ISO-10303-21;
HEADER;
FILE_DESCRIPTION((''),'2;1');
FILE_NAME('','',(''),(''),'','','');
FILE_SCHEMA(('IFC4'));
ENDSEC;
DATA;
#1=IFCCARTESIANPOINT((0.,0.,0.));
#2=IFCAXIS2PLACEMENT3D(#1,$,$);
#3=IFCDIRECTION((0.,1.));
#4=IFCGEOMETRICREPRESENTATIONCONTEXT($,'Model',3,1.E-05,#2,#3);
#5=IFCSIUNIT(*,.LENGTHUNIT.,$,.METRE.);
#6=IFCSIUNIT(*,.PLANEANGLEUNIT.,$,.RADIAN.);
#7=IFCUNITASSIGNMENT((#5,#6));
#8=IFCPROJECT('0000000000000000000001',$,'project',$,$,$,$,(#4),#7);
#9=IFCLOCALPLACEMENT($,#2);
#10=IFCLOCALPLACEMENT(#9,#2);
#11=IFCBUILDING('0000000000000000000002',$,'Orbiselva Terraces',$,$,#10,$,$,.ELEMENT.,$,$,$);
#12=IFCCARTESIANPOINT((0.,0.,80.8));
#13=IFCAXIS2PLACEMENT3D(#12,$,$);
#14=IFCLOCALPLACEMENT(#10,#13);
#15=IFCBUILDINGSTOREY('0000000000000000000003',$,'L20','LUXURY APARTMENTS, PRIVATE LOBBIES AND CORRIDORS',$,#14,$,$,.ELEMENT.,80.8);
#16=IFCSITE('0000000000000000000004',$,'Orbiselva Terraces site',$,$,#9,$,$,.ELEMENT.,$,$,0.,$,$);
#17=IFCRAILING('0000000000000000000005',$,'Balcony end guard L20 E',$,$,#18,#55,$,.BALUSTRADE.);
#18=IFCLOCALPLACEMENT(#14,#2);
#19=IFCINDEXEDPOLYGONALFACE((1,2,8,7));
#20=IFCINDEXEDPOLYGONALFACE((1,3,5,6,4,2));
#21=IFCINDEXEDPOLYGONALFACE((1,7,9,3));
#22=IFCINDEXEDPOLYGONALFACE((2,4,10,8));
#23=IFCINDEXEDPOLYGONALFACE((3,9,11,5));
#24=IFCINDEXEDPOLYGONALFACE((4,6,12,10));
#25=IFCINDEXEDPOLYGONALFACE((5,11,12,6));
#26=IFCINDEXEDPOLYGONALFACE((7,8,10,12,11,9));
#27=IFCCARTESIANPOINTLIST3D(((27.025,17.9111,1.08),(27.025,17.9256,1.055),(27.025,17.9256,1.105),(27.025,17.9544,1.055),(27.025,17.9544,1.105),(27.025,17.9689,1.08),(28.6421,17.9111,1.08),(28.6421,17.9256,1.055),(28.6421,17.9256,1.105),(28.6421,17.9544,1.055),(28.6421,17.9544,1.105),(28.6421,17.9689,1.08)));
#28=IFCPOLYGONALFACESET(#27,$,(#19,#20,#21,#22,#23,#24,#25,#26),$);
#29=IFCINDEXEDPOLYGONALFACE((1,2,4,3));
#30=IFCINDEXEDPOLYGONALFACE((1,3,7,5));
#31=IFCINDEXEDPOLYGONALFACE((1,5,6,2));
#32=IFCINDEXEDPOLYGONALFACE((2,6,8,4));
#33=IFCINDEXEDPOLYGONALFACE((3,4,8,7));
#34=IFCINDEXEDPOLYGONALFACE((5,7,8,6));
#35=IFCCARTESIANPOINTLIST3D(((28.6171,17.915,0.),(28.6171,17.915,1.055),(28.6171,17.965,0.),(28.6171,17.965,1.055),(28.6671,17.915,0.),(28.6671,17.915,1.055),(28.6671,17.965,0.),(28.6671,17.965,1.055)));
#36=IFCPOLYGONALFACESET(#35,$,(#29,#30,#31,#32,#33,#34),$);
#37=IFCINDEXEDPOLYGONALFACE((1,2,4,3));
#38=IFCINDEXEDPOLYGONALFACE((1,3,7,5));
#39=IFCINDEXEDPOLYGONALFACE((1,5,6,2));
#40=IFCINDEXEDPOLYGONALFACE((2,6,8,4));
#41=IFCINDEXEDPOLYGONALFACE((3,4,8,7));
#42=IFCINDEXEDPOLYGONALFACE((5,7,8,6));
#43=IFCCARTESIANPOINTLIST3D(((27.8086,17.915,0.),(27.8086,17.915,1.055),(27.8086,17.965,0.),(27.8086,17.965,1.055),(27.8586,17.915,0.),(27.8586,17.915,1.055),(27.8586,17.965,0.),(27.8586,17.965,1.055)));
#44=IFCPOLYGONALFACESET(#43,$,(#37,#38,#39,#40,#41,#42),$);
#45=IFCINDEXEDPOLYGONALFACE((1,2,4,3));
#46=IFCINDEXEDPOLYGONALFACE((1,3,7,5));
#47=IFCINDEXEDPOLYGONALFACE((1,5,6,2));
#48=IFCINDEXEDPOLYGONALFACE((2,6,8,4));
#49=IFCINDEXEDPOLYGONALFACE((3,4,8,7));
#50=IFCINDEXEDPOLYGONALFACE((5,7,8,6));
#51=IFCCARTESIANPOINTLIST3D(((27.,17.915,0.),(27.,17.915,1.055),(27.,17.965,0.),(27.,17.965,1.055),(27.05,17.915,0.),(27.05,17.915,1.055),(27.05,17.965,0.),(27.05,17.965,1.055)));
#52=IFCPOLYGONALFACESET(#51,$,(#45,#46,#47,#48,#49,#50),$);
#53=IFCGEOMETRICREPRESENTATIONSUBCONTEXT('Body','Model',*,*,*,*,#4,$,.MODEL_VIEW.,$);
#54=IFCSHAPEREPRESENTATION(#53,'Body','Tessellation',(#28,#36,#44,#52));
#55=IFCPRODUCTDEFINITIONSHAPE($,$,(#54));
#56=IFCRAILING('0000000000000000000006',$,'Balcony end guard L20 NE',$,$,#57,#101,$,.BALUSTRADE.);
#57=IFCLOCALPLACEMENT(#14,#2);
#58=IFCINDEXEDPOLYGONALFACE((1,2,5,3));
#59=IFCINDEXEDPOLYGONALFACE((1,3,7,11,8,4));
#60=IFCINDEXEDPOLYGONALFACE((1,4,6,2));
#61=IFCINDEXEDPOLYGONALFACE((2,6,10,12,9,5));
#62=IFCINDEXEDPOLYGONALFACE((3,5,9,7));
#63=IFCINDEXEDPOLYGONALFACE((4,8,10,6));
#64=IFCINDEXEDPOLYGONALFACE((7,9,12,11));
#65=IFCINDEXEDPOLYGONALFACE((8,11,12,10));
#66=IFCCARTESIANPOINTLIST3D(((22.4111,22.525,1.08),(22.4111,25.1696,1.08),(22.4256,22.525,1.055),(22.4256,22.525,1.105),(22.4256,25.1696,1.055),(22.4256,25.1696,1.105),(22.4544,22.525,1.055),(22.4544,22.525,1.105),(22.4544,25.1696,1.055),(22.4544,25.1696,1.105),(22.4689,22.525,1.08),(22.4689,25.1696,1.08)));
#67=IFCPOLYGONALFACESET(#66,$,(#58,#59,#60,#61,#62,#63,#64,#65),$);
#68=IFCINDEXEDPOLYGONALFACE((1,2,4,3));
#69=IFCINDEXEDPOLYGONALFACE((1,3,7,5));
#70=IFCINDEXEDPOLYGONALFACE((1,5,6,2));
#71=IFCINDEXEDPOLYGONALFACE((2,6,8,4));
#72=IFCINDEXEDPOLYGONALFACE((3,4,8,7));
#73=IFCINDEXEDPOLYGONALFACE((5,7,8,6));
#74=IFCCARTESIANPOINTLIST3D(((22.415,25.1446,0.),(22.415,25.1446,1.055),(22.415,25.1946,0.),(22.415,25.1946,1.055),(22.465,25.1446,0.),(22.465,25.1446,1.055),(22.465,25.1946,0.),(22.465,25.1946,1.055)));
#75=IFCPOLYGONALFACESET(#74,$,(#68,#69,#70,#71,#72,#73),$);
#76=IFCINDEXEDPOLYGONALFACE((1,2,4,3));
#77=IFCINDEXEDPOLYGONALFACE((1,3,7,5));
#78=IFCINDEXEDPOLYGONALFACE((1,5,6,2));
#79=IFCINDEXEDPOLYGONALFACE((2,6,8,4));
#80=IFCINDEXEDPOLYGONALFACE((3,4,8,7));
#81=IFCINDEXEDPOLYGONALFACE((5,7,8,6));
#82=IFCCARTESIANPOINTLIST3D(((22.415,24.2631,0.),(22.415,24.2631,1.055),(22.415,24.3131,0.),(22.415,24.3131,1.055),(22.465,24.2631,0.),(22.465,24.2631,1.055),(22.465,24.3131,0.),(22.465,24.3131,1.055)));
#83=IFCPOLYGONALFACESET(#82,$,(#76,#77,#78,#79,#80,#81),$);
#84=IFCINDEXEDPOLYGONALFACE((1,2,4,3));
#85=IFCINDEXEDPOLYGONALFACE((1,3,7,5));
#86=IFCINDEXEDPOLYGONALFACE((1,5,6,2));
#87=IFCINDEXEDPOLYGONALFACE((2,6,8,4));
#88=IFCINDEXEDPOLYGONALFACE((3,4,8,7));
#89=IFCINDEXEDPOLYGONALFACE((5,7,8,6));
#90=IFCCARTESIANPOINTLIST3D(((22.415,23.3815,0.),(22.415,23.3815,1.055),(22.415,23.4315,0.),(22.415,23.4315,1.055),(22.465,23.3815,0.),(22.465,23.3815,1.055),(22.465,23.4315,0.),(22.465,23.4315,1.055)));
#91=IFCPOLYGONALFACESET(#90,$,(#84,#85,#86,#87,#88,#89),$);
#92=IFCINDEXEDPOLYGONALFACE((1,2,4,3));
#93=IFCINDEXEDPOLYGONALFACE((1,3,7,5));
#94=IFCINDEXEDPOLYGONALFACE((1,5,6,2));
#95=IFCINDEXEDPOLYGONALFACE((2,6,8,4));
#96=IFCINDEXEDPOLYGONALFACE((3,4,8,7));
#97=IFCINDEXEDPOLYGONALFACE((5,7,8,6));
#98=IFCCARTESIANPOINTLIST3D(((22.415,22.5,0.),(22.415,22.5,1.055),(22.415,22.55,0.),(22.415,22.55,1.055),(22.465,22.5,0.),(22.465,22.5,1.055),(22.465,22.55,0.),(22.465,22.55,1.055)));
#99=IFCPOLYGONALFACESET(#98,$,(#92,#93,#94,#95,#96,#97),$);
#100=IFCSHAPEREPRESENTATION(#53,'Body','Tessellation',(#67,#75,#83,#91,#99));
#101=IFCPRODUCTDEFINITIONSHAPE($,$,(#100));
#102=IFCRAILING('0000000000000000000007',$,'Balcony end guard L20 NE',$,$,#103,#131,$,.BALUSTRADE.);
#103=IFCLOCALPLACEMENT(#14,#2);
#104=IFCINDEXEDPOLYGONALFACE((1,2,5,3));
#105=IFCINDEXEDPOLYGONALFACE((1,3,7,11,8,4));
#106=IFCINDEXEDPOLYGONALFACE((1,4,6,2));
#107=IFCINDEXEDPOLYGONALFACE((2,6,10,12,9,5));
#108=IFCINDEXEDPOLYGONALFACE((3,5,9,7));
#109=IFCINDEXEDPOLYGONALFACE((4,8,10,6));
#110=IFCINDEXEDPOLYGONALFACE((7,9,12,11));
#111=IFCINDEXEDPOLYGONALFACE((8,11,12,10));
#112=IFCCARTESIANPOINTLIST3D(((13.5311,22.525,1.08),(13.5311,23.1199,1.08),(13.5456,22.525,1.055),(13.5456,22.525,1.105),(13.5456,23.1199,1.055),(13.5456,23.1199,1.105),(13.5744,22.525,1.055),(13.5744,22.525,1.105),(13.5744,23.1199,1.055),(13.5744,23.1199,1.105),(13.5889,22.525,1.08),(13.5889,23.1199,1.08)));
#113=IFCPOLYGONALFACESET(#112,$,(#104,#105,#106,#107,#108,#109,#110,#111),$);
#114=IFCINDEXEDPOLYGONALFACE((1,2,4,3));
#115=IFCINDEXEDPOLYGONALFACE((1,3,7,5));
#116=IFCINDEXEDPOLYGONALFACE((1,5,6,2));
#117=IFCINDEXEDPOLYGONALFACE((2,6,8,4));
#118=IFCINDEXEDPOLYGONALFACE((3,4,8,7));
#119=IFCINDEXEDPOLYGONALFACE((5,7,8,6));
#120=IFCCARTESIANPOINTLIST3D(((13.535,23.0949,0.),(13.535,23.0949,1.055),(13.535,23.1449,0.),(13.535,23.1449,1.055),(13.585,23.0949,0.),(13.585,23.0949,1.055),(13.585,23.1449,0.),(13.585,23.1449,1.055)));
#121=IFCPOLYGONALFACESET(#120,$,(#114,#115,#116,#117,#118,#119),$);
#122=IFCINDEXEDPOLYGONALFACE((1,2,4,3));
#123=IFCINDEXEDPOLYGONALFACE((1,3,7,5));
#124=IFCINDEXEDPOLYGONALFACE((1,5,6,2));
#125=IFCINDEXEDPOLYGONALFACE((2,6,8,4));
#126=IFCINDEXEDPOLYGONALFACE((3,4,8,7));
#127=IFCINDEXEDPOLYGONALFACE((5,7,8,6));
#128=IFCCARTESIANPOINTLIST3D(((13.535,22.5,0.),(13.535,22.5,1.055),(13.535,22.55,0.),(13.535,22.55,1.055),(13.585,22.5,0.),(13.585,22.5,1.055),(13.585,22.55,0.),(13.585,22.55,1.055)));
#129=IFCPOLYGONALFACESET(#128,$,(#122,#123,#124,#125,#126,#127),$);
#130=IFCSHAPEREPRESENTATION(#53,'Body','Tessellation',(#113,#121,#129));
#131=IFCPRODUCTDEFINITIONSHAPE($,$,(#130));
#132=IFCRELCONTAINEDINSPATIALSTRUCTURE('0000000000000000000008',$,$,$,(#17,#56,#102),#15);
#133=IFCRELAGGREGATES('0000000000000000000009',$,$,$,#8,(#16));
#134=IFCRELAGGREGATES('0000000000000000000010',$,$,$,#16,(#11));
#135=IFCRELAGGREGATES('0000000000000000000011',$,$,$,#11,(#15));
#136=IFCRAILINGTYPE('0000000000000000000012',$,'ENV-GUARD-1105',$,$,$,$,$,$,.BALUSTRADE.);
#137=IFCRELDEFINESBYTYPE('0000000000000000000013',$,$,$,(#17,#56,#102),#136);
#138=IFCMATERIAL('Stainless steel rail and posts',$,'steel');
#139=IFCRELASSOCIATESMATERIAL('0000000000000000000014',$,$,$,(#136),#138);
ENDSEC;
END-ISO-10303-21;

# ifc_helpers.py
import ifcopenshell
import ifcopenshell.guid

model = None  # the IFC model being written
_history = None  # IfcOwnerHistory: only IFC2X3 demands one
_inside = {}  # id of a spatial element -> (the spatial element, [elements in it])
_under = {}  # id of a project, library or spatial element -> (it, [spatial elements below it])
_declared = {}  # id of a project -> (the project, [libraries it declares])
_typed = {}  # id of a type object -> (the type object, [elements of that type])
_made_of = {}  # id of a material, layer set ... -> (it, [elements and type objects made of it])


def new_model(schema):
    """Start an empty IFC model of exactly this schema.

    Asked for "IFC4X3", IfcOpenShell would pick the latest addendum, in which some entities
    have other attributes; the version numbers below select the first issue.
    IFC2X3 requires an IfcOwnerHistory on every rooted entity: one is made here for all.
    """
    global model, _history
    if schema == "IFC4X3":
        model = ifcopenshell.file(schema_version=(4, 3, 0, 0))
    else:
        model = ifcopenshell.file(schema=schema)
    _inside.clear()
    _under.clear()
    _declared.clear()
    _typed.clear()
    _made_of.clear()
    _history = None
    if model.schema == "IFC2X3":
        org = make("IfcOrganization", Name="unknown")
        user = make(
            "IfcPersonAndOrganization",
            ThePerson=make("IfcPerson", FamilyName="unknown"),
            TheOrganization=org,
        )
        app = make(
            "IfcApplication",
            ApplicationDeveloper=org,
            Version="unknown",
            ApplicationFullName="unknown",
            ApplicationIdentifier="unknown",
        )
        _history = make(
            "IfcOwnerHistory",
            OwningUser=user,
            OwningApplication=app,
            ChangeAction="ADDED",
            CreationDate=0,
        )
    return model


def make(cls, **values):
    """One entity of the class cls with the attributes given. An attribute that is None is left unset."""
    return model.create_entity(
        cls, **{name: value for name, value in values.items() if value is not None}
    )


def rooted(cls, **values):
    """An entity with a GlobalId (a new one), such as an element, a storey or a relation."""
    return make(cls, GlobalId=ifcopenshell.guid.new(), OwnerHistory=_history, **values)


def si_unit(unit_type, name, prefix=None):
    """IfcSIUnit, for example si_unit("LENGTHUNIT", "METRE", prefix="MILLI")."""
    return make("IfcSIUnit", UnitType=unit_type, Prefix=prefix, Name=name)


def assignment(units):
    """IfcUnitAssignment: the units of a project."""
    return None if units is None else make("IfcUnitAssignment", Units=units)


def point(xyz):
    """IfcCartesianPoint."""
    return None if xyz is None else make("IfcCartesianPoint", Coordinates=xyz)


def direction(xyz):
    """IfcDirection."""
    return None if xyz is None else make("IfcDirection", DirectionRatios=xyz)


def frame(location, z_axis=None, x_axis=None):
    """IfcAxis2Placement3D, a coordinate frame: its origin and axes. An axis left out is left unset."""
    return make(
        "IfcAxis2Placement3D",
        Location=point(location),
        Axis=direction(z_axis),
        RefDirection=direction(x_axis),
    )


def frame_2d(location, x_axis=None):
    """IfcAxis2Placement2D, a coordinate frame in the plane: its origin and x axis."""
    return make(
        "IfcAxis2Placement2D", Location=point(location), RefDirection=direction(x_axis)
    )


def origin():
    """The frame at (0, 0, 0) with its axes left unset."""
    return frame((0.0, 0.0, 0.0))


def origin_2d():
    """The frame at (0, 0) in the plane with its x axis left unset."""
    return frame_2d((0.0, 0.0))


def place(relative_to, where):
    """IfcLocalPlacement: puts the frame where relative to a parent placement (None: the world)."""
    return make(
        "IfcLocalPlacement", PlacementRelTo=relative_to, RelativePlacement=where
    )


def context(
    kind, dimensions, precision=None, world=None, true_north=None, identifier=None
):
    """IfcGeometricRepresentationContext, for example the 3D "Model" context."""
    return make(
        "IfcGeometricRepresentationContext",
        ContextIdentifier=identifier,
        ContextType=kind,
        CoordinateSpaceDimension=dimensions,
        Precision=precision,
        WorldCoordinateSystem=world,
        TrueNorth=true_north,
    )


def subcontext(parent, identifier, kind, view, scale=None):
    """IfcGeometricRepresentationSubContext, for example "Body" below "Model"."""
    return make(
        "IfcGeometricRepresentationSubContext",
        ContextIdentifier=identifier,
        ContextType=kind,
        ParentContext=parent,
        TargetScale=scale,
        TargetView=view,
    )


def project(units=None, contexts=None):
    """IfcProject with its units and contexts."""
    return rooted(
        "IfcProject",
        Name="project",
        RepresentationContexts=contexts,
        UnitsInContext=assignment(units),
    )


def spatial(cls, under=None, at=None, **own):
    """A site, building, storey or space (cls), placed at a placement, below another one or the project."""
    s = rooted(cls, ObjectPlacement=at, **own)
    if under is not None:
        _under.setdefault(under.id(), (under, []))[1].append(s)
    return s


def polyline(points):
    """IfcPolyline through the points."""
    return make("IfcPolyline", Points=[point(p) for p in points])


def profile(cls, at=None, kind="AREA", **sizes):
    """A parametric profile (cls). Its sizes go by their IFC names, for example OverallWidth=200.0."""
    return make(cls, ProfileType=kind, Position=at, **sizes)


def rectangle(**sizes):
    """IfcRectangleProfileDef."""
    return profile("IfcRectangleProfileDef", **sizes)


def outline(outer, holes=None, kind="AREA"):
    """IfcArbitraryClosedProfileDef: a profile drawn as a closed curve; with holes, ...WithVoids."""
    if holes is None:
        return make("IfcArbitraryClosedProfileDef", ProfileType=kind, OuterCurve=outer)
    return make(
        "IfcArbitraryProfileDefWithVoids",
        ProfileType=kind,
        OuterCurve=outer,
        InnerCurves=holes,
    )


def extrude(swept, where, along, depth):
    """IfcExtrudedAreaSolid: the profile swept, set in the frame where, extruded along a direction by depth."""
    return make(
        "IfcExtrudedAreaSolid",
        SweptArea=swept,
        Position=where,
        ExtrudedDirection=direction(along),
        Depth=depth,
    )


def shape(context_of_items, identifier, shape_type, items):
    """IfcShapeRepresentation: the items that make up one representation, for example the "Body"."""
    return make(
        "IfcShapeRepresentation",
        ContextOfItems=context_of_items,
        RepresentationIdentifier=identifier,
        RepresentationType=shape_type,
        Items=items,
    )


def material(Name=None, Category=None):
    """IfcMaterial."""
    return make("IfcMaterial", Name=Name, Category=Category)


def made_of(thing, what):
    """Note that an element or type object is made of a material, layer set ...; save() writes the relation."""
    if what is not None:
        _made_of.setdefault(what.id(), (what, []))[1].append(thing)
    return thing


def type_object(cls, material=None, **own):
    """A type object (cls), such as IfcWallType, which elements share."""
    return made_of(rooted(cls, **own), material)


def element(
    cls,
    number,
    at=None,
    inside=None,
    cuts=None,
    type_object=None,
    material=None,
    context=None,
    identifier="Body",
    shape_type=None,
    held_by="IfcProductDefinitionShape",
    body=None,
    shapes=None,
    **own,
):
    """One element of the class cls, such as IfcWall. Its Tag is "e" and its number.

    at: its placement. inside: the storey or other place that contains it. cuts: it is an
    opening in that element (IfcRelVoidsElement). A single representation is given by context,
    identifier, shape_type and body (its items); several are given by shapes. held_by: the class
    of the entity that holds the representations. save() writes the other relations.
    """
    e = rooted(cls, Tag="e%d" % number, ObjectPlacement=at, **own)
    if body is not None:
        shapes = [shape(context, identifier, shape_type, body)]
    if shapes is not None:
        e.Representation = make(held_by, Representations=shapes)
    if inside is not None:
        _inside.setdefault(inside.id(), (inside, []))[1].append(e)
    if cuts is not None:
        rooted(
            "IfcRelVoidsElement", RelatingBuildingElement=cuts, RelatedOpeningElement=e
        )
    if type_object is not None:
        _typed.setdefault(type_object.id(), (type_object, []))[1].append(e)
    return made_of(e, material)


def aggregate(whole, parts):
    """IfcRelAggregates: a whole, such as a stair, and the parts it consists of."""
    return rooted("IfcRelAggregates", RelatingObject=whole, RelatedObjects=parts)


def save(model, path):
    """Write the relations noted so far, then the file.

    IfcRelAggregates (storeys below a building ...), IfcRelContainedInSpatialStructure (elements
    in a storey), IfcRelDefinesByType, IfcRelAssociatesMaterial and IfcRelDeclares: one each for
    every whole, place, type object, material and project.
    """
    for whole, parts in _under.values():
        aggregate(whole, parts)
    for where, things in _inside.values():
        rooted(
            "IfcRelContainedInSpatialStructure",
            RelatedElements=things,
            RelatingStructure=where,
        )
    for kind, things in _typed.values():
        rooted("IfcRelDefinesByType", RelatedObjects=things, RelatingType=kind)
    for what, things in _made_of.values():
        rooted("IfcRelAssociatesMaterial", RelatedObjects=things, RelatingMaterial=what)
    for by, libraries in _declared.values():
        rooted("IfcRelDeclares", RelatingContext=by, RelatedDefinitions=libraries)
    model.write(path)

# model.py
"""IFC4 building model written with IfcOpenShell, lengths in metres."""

from ifc_helpers import new_model, si_unit, direction, frame, origin, origin_2d, place, context, subcontext, project, spatial, polyline, rectangle, outline, extrude, material, type_object, element, save


model = new_model("IFC4")

# Units and contexts
model_context = context("Model", 3, precision=1e-05, world=origin(), true_north=direction((0.0, 1.0)))
body_context = subcontext(model_context, "Body", "Model", "MODEL_VIEW")
ifc_project = project(units=[si_unit("LENGTHUNIT", "METRE"), si_unit("PLANEANGLEUNIT", "RADIAN")], contexts=[model_context])

# Site, building, storey
site_placement = place(None, origin())
site = spatial("IfcSite", under=ifc_project, at=site_placement, Name="Orbiselva Terraces site", CompositionType="ELEMENT", RefElevation=0.0)
building_placement = place(site_placement, origin())
building = spatial("IfcBuilding", under=site, at=building_placement, Name="Orbiselva Terraces", CompositionType="ELEMENT")
storey_placement = place(building_placement, frame((0.0, 0.0, 80.8)))
storey = spatial("IfcBuildingStorey", under=building, at=storey_placement, Name="L20", Description="LUXURY APARTMENTS, PRIVATE LOBBIES AND CORRIDORS", CompositionType="ELEMENT", Elevation=80.8)

# Railings
ifc_material_1 = material(Name="Stainless steel rail and posts", Category="steel")
railing_type_1 = type_object("IfcRailingType", Name="ENV-GUARD-1105", PredefinedType="BALUSTRADE", material=ifc_material_1)
railing_1_placement = place(storey_placement, frame((28.6421, 17.94, 0.0)))
element("IfcRailing", 1, at=railing_1_placement, inside=storey, type_object=railing_type_1, Name="Balcony end guard L20 E", PredefinedType="BALUSTRADE", context=body_context, shape_type="SweptSolid", body=[
    extrude(outline(polyline([(0.0289, 0.0), (0.0144, 0.025), (-0.0144, 0.025), (-0.0289, 0.0), (-0.0144, -0.025), (0.0144, -0.025), (0.0289, 0.0)])), frame((0.0, 0.0, 1.08), z_axis=(-1.0, 0.0, 0.0), x_axis=(0.0, -1.0, 0.0)), (0.0, 0.0, 1.0), 1.6171),
    extrude(rectangle(XDim=0.05, YDim=0.05, at=origin_2d()), origin(), (0.0, 0.0, 1.0), 1.055),
    extrude(rectangle(XDim=0.05, YDim=0.05, at=origin_2d()), frame((-0.8086, 0.0, 0.0)), (0.0, 0.0, 1.0), 1.055),
    extrude(rectangle(XDim=0.05, YDim=0.05, at=origin_2d()), frame((-1.6171, 0.0, 0.0)), (0.0, 0.0, 1.0), 1.055),
])
railing_2_placement = place(storey_placement, frame((22.44, 25.1696, 0.0)))
element("IfcRailing", 2, at=railing_2_placement, inside=storey, type_object=railing_type_1, Name="Balcony end guard L20 NE", PredefinedType="BALUSTRADE", context=body_context, shape_type="SweptSolid", body=[
    extrude(outline(polyline([(0.0289, 0.0), (0.0144, 0.025), (-0.0144, 0.025), (-0.0289, 0.0), (-0.0144, -0.025), (0.0144, -0.025), (0.0289, 0.0)])), frame((0.0, 0.0, 1.08), z_axis=(0.0, -1.0, 0.0), x_axis=(1.0, 0.0, 0.0)), (0.0, 0.0, 1.0), 2.6446),
    extrude(rectangle(XDim=0.05, YDim=0.05, at=origin_2d()), origin(), (0.0, 0.0, 1.0), 1.055),
    extrude(rectangle(XDim=0.05, YDim=0.05, at=origin_2d()), frame((0.0, -0.8815, 0.0)), (0.0, 0.0, 1.0), 1.055),
    extrude(rectangle(XDim=0.05, YDim=0.05, at=origin_2d()), frame((0.0, -1.7631, 0.0)), (0.0, 0.0, 1.0), 1.055),
    extrude(rectangle(XDim=0.05, YDim=0.05, at=origin_2d()), frame((0.0, -2.6446, 0.0)), (0.0, 0.0, 1.0), 1.055),
])
railing_3_placement = place(storey_placement, frame((13.56, 23.1199, 0.0)))
element("IfcRailing", 3, at=railing_3_placement, inside=storey, type_object=railing_type_1, Name="Balcony end guard L20 NE", PredefinedType="BALUSTRADE", context=body_context, shape_type="SweptSolid", body=[
    extrude(outline(polyline([(0.0289, 0.0), (0.0144, 0.025), (-0.0144, 0.025), (-0.0289, 0.0), (-0.0144, -0.025), (0.0144, -0.025), (0.0289, 0.0)])), frame((0.0, 0.0, 1.08), z_axis=(0.0, -1.0, 0.0), x_axis=(1.0, 0.0, 0.0)), (0.0, 0.0, 1.0), 0.5949),
    extrude(rectangle(XDim=0.05, YDim=0.05, at=origin_2d()), origin(), (0.0, 0.0, 1.0), 1.055),
    extrude(rectangle(XDim=0.05, YDim=0.05, at=origin_2d()), frame((0.0, -0.5949, 0.0)), (0.0, 0.0, 1.0), 1.055),
])

save(model, "model.ifc")
